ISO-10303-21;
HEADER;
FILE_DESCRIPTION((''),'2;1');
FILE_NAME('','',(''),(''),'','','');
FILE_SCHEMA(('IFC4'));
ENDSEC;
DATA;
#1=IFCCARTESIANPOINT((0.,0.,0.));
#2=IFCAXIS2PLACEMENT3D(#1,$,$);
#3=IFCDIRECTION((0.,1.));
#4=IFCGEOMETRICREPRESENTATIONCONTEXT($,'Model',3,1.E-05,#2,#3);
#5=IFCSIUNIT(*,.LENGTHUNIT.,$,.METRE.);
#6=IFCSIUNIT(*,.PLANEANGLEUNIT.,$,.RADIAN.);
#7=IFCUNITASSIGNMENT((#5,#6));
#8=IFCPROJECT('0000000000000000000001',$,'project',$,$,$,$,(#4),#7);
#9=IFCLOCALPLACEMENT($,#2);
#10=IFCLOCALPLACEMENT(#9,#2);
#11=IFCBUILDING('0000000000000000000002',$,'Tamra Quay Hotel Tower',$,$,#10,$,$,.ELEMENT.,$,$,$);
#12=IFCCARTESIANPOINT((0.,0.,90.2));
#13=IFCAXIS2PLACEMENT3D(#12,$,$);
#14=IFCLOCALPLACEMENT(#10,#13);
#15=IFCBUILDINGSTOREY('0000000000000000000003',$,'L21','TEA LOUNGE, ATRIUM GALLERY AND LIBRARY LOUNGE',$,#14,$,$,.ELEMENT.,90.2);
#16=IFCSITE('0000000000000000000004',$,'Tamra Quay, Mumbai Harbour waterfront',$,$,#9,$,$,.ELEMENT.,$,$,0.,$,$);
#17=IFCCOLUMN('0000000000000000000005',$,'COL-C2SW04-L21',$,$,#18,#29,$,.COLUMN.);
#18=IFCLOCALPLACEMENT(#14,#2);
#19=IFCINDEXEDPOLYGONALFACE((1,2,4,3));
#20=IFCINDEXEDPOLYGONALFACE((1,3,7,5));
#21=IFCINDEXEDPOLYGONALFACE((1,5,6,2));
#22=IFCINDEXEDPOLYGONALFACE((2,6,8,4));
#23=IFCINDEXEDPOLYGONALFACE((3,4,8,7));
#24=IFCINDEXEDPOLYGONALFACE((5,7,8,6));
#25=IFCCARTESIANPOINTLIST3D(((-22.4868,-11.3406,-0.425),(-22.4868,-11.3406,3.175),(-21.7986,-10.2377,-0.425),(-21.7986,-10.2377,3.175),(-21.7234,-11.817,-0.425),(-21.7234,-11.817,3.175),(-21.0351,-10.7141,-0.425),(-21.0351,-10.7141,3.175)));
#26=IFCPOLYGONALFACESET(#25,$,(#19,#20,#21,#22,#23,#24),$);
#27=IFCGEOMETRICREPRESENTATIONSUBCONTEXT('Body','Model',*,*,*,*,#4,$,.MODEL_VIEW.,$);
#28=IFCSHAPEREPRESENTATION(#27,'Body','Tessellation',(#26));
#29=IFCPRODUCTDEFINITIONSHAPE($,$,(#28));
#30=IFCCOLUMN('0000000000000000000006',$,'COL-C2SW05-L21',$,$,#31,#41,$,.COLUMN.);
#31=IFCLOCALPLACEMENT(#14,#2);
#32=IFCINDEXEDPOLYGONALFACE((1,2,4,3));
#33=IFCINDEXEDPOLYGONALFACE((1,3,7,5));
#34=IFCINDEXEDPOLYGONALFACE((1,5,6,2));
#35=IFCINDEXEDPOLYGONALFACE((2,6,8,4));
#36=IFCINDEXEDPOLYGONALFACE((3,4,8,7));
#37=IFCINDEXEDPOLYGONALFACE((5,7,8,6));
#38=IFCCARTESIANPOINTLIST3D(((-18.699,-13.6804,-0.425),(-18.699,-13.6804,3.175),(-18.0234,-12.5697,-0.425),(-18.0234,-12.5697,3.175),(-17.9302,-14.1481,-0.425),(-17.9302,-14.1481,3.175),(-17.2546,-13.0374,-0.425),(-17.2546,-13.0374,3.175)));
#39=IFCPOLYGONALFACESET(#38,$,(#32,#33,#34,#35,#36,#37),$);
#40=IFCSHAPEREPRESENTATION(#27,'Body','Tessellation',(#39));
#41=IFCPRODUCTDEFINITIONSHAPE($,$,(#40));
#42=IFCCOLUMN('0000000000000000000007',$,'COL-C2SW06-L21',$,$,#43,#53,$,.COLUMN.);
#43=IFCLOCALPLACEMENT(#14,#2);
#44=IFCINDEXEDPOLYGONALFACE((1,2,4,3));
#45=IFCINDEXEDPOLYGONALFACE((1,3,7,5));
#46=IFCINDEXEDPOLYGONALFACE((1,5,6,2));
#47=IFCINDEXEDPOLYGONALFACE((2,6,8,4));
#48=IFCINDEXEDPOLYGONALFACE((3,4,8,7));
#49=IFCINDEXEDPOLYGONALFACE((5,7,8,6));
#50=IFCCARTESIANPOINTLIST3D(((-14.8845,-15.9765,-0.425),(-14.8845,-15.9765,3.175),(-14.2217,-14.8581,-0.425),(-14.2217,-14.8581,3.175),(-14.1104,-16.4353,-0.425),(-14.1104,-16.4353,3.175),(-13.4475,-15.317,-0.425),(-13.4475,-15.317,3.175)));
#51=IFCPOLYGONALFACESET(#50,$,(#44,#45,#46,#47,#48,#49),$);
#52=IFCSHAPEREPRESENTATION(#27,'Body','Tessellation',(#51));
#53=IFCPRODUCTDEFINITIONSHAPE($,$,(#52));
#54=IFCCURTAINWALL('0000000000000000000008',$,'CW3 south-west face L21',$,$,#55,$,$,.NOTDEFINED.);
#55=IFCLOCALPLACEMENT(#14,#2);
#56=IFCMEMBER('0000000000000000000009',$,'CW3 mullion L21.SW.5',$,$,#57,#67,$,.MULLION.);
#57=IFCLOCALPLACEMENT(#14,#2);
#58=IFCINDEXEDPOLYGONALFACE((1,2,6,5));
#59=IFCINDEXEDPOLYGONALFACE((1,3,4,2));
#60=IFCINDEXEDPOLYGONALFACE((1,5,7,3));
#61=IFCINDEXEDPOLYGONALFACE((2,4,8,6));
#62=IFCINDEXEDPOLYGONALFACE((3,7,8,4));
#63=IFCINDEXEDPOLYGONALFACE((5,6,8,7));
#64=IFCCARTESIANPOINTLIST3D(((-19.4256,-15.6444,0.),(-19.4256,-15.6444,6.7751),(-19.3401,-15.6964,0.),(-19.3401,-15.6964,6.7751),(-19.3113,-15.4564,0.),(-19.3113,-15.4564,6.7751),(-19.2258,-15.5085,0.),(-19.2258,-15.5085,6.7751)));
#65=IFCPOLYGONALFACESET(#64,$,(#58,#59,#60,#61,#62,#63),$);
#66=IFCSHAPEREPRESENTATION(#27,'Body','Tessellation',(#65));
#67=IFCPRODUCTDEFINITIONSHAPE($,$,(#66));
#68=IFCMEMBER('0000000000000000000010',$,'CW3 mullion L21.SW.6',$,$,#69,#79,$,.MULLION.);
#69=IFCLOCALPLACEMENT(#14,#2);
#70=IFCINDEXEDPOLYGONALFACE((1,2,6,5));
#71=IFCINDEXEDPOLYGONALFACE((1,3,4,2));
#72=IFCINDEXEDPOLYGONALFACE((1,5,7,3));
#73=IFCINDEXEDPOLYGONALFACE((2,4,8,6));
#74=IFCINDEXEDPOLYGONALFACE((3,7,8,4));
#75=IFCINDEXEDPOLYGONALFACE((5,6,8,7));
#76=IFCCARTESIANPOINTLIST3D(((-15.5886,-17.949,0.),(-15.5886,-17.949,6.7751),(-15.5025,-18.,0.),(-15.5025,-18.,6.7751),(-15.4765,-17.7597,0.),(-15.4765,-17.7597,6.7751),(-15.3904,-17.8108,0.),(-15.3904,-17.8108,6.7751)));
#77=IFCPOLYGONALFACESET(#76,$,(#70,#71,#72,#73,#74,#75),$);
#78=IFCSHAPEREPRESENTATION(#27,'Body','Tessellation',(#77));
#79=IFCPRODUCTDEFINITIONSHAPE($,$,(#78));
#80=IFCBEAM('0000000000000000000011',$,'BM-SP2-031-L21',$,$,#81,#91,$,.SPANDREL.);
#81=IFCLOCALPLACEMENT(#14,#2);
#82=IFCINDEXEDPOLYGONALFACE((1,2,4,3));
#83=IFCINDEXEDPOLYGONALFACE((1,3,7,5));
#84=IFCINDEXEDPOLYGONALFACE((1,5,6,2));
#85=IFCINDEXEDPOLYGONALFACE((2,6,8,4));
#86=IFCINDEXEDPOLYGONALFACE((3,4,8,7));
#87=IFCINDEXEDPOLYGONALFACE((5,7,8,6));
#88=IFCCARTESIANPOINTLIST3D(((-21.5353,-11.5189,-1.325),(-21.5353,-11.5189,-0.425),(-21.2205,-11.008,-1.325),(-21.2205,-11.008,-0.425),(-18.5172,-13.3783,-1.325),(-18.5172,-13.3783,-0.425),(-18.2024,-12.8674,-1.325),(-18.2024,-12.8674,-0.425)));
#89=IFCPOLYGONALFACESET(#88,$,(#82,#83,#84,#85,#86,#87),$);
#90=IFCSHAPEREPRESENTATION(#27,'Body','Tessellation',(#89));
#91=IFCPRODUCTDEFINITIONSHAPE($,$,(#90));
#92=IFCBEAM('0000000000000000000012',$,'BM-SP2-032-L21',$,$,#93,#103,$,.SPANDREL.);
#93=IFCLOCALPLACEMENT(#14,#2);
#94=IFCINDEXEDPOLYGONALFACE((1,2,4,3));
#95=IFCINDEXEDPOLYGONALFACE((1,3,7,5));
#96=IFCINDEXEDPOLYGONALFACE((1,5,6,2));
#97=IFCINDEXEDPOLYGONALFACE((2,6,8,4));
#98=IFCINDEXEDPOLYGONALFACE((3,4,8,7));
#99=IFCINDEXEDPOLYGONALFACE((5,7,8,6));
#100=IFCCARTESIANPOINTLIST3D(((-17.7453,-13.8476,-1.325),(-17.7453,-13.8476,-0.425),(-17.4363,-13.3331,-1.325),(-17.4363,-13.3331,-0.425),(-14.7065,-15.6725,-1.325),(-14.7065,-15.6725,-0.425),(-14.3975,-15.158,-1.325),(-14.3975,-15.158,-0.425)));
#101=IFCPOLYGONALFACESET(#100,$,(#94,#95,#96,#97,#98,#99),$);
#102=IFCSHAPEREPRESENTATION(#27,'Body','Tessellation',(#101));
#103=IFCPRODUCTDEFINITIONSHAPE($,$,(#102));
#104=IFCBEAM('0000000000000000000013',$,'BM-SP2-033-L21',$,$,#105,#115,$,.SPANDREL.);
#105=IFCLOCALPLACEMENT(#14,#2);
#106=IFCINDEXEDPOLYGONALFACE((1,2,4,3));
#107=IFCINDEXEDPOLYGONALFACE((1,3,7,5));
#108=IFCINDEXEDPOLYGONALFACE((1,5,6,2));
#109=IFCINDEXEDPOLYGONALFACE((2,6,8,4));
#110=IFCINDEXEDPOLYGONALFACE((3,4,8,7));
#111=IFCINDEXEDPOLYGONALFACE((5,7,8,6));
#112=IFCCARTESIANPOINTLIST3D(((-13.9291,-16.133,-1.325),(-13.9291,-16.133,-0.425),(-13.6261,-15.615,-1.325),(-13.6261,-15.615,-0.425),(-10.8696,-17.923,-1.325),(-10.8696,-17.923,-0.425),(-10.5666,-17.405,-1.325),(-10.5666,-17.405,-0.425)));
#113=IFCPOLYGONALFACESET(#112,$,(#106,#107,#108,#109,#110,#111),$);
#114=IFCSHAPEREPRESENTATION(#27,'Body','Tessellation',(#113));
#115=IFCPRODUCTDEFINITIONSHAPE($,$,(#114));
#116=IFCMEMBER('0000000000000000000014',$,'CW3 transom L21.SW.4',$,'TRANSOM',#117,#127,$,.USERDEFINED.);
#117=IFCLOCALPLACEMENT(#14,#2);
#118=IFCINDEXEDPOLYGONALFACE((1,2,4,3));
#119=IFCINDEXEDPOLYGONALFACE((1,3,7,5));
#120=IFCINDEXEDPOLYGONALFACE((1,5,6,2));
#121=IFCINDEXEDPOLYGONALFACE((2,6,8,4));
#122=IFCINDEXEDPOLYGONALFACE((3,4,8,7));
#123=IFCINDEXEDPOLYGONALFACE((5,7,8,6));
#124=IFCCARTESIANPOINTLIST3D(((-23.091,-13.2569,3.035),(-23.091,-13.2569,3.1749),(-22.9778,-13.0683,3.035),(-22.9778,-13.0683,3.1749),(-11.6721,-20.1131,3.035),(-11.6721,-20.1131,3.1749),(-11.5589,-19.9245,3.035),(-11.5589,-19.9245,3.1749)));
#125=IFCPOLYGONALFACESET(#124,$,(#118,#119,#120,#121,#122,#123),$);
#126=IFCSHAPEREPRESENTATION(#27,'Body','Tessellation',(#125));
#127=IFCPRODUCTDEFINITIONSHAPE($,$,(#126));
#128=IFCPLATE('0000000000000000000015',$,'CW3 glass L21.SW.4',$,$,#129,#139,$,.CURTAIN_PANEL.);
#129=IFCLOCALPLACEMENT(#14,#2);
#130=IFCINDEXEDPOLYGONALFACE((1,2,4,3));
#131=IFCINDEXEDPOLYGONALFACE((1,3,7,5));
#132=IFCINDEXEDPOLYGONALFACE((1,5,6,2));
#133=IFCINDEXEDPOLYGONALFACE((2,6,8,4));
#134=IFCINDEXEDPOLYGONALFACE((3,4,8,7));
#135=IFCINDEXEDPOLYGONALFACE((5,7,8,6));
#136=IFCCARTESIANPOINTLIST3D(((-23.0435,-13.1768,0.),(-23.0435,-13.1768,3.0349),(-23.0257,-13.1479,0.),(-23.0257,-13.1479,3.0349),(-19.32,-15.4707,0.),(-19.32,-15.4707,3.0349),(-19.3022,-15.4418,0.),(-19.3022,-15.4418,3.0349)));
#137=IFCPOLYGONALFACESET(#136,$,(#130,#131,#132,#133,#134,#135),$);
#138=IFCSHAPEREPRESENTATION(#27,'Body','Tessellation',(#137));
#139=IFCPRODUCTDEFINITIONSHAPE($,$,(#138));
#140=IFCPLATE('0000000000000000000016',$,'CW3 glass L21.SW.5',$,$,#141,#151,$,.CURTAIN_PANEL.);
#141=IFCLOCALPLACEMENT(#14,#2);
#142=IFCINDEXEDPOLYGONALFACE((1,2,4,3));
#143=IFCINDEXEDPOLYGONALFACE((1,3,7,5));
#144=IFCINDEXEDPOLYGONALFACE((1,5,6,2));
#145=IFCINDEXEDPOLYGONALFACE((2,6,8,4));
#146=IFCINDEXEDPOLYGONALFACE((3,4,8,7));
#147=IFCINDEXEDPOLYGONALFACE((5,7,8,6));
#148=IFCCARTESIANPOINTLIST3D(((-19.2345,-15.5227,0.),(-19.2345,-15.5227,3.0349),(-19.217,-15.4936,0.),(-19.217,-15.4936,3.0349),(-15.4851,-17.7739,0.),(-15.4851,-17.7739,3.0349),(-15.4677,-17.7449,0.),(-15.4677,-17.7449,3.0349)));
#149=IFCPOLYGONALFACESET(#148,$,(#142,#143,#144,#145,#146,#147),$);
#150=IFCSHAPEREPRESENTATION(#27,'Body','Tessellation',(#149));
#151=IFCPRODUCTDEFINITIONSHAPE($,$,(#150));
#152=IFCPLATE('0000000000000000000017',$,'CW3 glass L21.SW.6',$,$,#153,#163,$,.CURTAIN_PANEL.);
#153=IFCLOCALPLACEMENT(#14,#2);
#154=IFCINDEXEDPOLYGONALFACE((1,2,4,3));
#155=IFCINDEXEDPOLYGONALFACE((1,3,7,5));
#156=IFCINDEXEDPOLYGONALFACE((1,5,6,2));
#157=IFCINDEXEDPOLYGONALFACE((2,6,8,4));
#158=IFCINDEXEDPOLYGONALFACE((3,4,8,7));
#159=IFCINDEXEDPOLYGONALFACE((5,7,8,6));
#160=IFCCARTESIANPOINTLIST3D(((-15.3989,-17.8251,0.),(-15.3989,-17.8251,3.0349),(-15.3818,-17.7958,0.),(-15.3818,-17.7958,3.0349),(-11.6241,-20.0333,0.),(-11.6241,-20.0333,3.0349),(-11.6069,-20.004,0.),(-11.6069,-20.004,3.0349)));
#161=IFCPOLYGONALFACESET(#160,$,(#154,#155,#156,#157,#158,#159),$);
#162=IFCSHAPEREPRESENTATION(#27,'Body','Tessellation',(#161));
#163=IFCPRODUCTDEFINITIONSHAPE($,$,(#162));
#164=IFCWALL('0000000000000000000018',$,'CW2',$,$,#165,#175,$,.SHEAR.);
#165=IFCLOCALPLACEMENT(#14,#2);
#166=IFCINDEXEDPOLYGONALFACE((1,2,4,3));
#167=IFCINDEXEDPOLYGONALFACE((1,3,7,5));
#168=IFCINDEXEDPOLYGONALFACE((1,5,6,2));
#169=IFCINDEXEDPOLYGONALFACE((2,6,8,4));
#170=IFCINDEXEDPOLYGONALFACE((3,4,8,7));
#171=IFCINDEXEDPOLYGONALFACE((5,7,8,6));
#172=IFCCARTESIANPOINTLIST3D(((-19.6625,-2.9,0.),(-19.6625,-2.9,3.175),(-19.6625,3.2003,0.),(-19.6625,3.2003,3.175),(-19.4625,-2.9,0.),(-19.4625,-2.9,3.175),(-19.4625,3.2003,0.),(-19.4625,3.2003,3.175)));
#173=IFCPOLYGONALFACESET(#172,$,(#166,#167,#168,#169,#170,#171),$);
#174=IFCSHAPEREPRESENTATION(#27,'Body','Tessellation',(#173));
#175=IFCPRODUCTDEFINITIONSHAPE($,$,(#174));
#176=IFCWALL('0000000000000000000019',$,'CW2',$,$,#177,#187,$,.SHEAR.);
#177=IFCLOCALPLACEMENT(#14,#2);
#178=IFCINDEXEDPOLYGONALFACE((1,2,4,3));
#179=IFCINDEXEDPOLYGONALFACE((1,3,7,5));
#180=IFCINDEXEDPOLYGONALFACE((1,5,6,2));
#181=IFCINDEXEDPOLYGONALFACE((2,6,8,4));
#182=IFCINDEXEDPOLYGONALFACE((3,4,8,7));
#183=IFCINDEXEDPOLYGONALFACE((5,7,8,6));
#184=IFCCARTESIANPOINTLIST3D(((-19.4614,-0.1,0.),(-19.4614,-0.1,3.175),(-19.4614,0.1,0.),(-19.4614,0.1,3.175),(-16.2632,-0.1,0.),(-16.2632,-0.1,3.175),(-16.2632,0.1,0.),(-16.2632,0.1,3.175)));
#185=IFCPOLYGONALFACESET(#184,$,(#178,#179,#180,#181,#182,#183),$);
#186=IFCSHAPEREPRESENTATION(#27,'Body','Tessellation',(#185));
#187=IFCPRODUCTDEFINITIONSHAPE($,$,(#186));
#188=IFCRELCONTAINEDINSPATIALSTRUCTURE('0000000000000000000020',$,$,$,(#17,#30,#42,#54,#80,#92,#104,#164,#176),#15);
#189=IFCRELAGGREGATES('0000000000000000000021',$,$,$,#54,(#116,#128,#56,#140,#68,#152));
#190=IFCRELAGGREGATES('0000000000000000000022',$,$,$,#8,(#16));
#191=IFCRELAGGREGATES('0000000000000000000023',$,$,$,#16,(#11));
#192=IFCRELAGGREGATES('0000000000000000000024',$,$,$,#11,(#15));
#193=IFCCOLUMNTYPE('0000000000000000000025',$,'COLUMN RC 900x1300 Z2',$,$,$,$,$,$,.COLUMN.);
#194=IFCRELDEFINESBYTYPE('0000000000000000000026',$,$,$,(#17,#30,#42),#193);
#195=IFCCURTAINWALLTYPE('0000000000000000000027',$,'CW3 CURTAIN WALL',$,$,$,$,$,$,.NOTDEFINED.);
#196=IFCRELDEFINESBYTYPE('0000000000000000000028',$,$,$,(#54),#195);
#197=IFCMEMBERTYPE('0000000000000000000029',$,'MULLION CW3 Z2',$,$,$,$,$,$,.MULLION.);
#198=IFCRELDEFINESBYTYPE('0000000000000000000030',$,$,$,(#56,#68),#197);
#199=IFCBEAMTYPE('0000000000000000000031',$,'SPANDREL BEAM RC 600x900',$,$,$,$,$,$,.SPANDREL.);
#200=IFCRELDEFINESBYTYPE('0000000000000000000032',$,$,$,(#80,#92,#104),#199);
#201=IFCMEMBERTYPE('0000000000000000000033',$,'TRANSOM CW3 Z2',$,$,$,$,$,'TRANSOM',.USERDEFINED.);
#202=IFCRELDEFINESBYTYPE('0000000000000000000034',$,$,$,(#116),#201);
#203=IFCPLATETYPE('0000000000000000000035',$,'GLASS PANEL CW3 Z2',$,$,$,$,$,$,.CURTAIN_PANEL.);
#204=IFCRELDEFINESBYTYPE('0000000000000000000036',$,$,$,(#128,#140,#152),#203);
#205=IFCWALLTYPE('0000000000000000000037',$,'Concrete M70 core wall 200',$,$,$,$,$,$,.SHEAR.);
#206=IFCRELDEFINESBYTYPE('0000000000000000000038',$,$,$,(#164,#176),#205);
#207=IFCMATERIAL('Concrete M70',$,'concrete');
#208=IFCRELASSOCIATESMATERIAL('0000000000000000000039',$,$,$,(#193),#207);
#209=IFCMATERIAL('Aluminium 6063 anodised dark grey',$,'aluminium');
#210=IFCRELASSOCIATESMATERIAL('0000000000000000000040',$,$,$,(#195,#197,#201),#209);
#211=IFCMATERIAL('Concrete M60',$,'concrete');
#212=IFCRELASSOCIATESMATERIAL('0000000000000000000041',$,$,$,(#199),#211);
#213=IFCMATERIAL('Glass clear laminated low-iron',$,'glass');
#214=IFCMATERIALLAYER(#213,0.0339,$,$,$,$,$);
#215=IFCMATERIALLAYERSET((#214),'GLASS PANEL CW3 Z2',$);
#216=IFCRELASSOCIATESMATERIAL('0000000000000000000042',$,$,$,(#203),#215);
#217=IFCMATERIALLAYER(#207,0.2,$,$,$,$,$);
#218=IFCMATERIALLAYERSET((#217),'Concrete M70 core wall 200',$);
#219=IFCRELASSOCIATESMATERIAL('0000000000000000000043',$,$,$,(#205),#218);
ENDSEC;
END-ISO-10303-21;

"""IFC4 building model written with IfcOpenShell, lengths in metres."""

from ifc_helpers import new_model, si_unit, direction, frame, frame_2d, origin, origin_2d, place, context, subcontext, project, spatial, rectangle, extrude, material, layer, layer_set, material_profile, profile_set, type_object, element, aggregate, save


model = new_model("IFC4")

# Units and contexts
model_context = context("Model", 3, precision=1e-05, world=origin(), true_north=direction((0.0, 1.0)))
body_context = subcontext(model_context, "Body", "Model", "MODEL_VIEW")
ifc_project = project(units=[si_unit("LENGTHUNIT", "METRE"), si_unit("PLANEANGLEUNIT", "RADIAN")], contexts=[model_context])

# Site, building, storey
site_placement = place(None, origin())
site = spatial("IfcSite", under=ifc_project, at=site_placement, Name="Tamra Quay, Mumbai Harbour waterfront", CompositionType="ELEMENT", RefElevation=0.0)
building_placement = place(site_placement, origin())
building = spatial("IfcBuilding", under=site, at=building_placement, Name="Tamra Quay Hotel Tower", CompositionType="ELEMENT")
storey_placement = place(building_placement, frame((0.0, 0.0, 90.2)))
storey = spatial("IfcBuildingStorey", under=building, at=storey_placement, Name="L21", Description="TEA LOUNGE, ATRIUM GALLERY AND LIBRARY LOUNGE", CompositionType="ELEMENT", Elevation=90.2)

# Columns
ifc_material_1 = material(Name="Concrete M70", Category="concrete")
ifc_material_profile_1 = material_profile(ifc_material_1, rectangle(XDim=1.3, YDim=0.8999, at=origin_2d()), Name="COLUMN RC 900x1300 Z2")
ifc_profile_set_1 = profile_set([ifc_material_profile_1], Name="Concrete M70")
column_type = type_object("IfcColumnType", Name="COLUMN RC 900x1300 Z2", PredefinedType="COLUMN", material=ifc_profile_set_1)
for number, where, z_axis, x_axis, name in (
    (1, (-21.761, -11.0273, -0.425), (0.0, 0.0, 1.0), (0.52941, 0.848366, 0.0), "COL-C2SW04-L21"),
    (2, (-17.9768, -13.3589, -0.425), (0.0, 0.0, 1.0), (0.519679, 0.854362, 0.0), "COL-C2SW05-L21"),
    (3, (-14.166, -15.6467, -0.425), (0.0, 0.0, 1.0), (0.509873, 0.860249, 0.0), "COL-C2SW06-L21"),
):
    element("IfcColumn", number, at=place(storey_placement, frame(where, z_axis=z_axis, x_axis=x_axis)), inside=storey, type_object=column_type, Name=name, PredefinedType="COLUMN", context=body_context, shape_type="SweptSolid", body=[
        extrude(rectangle(XDim=1.3, YDim=0.8999, at=origin_2d()), origin(), (0.0, 0.0, 1.0), 3.6001),
    ])

# Curtain wall, members
ifc_material_2 = material(Name="Aluminium 6063 anodised dark grey", Category="aluminium")
curtain_wall_type = type_object("IfcCurtainWallType", Name="CW3 CURTAIN WALL", PredefinedType="NOTDEFINED", material=ifc_material_2)
curtain_wall_placement = place(storey_placement, origin())
curtain_wall = element("IfcCurtainWall", 4, at=curtain_wall_placement, inside=storey, type_object=curtain_wall_type, Name="CW3 south-west face L21", PredefinedType="NOTDEFINED")
ifc_material_profile_2 = material_profile(ifc_material_2, rectangle(XDim=0.22, YDim=0.1001, at=origin_2d()), Name="MULLION 100X220")
ifc_profile_set_2 = profile_set([ifc_material_profile_2], Name="Aluminium 6063 anodised dark grey")
member_type_1 = type_object("IfcMemberType", Name="MULLION CW3 Z2", PredefinedType="MULLION", material=ifc_profile_set_2)
member_1_placement = place(storey_placement, frame((-19.3257, -15.5764, 0.0), z_axis=(0.0, 0.0, 1.0), x_axis=(-0.51965, -0.854379, 0.0)))
member_1 = element("IfcMember", 5, at=member_1_placement, type_object=member_type_1, Name="CW3 mullion L21.SW.5", PredefinedType="MULLION", context=body_context, shape_type="SweptSolid", body=[
    extrude(rectangle(XDim=0.22, YDim=0.1001, at=origin_2d()), origin(), (0.0, 0.0, 1.0), 6.7751),
])
member_2_placement = place(storey_placement, frame((-15.4895, -17.8799, 0.0), z_axis=(0.0, 0.0, 1.0), x_axis=(-0.50986, -0.860257, 0.0)))
member_2 = element("IfcMember", 6, at=member_2_placement, type_object=member_type_1, Name="CW3 mullion L21.SW.6", PredefinedType="MULLION", context=body_context, shape_type="SweptSolid", body=[
    extrude(rectangle(XDim=0.22, YDim=0.1001, at=origin_2d()), origin(), (0.0, 0.0, 1.0), 6.7751),
])

# Beams
ifc_material_3 = material(Name="Concrete M60", Category="concrete")
ifc_material_profile_3 = material_profile(ifc_material_3, rectangle(XDim=0.6001, YDim=0.8999, at=origin_2d()), Name="SPANDREL BEAM RC 600x900")
ifc_profile_set_3 = profile_set([ifc_material_profile_3], Name="Concrete M60")
beam_type = type_object("IfcBeamType", Name="SPANDREL BEAM RC 600x900", PredefinedType="SPANDREL", material=ifc_profile_set_3)
beam_placement = place(storey_placement, frame((-21.3779, -11.2634, -0.875), z_axis=(0.851393, -0.524528, 0.0), x_axis=(0.524528, 0.851393, 0.0)))
element("IfcBeam", 7, at=beam_placement, inside=storey, type_object=beam_type, Name="BM-SP2-031-L21", PredefinedType="SPANDREL", context=body_context, shape_type="SweptSolid", body=[
    extrude(rectangle(XDim=0.6001, YDim=0.8999, at=origin_2d()), origin(), (0.0, 0.0, 1.0), 3.5449),
])
for number, where, z_axis, x_axis, name in (
    (8, (-17.5908, -13.5903, -0.875), (0.857286, -0.51484, 0.0), (0.51484, 0.857286, 0.0), "BM-SP2-032-L21"),
    (9, (-13.7776, -15.874, -0.875), (0.863129, -0.504984, 0.0), (0.504984, 0.863129, 0.0), "BM-SP2-033-L21"),
):
    element("IfcBeam", number, at=place(storey_placement, frame(where, z_axis=z_axis, x_axis=x_axis)), inside=storey, type_object=beam_type, Name=name, PredefinedType="SPANDREL", context=body_context, shape_type="SweptSolid", body=[
        extrude(rectangle(XDim=0.6001, YDim=0.8999, at=origin_2d()), origin(), (0.0, 0.0, 1.0), 3.5447),
    ])

# Member
ifc_material_profile_4 = material_profile(ifc_material_2, rectangle(XDim=0.22, YDim=0.1399, at=origin_2d()), Name="TRANSOM 220X140")
ifc_profile_set_4 = profile_set([ifc_material_profile_4], Name="Aluminium 6063 anodised dark grey")
member_type_2 = type_object("IfcMemberType", Name="TRANSOM CW3 Z2", ElementType="TRANSOM", PredefinedType="USERDEFINED", material=ifc_profile_set_4)
member_3_placement = place(storey_placement, frame((-23.0344, -13.1626, 3.105), z_axis=(0.857333, -0.514763, 0.0), x_axis=(0.514763, 0.857333, 0.0)))
member_3 = element("IfcMember", 10, at=member_3_placement, type_object=member_type_2, Name="CW3 transom L21.SW.4", ObjectType="TRANSOM", PredefinedType="USERDEFINED", context=body_context, shape_type="SweptSolid", body=[
    extrude(rectangle(XDim=0.22, YDim=0.1399, at=origin_2d()), origin(), (0.0, 0.0, 1.0), 13.3191),
])

# Plates
ifc_material_4 = material(Name="Glass clear laminated low-iron", Category="glass")
ifc_layer_1 = layer(ifc_material_4, 0.0339)
ifc_layer_set_1 = layer_set([ifc_layer_1], Name="GLASS PANEL CW3 Z2")
plate_type = type_object("IfcPlateType", Name="GLASS PANEL CW3 Z2", PredefinedType="CURTAIN_PANEL", material=ifc_layer_set_1)
plate_1_placement = place(storey_placement, frame((-21.1729, -14.3093, 0.0), z_axis=(0.0, 0.0, 1.0), x_axis=(0.851399, -0.524518, 0.0)))
plate_1 = element("IfcPlate", 11, at=plate_1_placement, type_object=plate_type, Name="CW3 glass L21.SW.4", PredefinedType="CURTAIN_PANEL", context=body_context, shape_type="SweptSolid", body=[
    extrude(rectangle(XDim=4.3733, YDim=0.0339, at=origin_2d()), origin(), (0.0, 0.0, 1.0), 3.0349),
])
plate_2_placement = place(storey_placement, frame((-17.3511, -16.6338, 0.0), z_axis=(0.0, 0.0, 1.0), x_axis=(0.857331, -0.514765, 0.0)))
plate_2 = element("IfcPlate", 12, at=plate_2_placement, type_object=plate_type, Name="CW3 glass L21.SW.5", PredefinedType="CURTAIN_PANEL", context=body_context, shape_type="SweptSolid", body=[
    extrude(rectangle(XDim=4.3733, YDim=0.0339, at=origin_2d()), origin(), (0.0, 0.0, 1.0), 3.0349),
])
plate_3_placement = place(storey_placement, frame((-13.5029, -18.9146, 0.0), z_axis=(0.0, 0.0, 1.0), x_axis=(0.863155, -0.504939, 0.0)))
plate_3 = element("IfcPlate", 13, at=plate_3_placement, type_object=plate_type, Name="CW3 glass L21.SW.6", PredefinedType="CURTAIN_PANEL", context=body_context, shape_type="SweptSolid", body=[
    extrude(rectangle(XDim=4.3733, YDim=0.0339, at=origin_2d()), origin(), (0.0, 0.0, 1.0), 3.0349),
])
aggregate(curtain_wall, [member_3, plate_1, member_1, plate_2, member_2, plate_3])

# Walls
ifc_layer_2 = layer(ifc_material_1, 0.2)
ifc_layer_set_2 = layer_set([ifc_layer_2], Name="Concrete M70 core wall 200")
wall_type_1 = type_object("IfcWallType", Name="Concrete M70 core wall 200", PredefinedType="SHEAR", material=ifc_layer_set_2)
wall_1_placement = place(storey_placement, frame((-19.5625, -2.9001, 0.0), z_axis=(0.0, 0.0, 1.0), x_axis=(0.0, 1.0, 0.0)))
element("IfcWall", 14, at=wall_1_placement, inside=storey, type_object=wall_type_1, Name="CW2", PredefinedType="SHEAR", context=body_context, shape_type="SweptSolid", body=[
    extrude(rectangle(XDim=6.1003, YDim=0.2, at=frame_2d((3.0503, 0.0))), origin(), (0.0, 0.0, 1.0), 3.175),
])
wall_2_placement = place(storey_placement, frame((-16.2632, 0.0, 0.0), z_axis=(0.0, 0.0, 1.0), x_axis=(-1.0, 0.0, 0.0)))
element("IfcWall", 15, at=wall_2_placement, inside=storey, type_object=wall_type_1, Name="CW2", PredefinedType="SHEAR", context=body_context, shape_type="SweptSolid", body=[
    extrude(rectangle(XDim=3.1982, YDim=0.2, at=frame_2d((1.5991, 0.0))), origin(), (0.0, 0.0, 1.0), 3.175),
])

save(model, "model.ifc")
